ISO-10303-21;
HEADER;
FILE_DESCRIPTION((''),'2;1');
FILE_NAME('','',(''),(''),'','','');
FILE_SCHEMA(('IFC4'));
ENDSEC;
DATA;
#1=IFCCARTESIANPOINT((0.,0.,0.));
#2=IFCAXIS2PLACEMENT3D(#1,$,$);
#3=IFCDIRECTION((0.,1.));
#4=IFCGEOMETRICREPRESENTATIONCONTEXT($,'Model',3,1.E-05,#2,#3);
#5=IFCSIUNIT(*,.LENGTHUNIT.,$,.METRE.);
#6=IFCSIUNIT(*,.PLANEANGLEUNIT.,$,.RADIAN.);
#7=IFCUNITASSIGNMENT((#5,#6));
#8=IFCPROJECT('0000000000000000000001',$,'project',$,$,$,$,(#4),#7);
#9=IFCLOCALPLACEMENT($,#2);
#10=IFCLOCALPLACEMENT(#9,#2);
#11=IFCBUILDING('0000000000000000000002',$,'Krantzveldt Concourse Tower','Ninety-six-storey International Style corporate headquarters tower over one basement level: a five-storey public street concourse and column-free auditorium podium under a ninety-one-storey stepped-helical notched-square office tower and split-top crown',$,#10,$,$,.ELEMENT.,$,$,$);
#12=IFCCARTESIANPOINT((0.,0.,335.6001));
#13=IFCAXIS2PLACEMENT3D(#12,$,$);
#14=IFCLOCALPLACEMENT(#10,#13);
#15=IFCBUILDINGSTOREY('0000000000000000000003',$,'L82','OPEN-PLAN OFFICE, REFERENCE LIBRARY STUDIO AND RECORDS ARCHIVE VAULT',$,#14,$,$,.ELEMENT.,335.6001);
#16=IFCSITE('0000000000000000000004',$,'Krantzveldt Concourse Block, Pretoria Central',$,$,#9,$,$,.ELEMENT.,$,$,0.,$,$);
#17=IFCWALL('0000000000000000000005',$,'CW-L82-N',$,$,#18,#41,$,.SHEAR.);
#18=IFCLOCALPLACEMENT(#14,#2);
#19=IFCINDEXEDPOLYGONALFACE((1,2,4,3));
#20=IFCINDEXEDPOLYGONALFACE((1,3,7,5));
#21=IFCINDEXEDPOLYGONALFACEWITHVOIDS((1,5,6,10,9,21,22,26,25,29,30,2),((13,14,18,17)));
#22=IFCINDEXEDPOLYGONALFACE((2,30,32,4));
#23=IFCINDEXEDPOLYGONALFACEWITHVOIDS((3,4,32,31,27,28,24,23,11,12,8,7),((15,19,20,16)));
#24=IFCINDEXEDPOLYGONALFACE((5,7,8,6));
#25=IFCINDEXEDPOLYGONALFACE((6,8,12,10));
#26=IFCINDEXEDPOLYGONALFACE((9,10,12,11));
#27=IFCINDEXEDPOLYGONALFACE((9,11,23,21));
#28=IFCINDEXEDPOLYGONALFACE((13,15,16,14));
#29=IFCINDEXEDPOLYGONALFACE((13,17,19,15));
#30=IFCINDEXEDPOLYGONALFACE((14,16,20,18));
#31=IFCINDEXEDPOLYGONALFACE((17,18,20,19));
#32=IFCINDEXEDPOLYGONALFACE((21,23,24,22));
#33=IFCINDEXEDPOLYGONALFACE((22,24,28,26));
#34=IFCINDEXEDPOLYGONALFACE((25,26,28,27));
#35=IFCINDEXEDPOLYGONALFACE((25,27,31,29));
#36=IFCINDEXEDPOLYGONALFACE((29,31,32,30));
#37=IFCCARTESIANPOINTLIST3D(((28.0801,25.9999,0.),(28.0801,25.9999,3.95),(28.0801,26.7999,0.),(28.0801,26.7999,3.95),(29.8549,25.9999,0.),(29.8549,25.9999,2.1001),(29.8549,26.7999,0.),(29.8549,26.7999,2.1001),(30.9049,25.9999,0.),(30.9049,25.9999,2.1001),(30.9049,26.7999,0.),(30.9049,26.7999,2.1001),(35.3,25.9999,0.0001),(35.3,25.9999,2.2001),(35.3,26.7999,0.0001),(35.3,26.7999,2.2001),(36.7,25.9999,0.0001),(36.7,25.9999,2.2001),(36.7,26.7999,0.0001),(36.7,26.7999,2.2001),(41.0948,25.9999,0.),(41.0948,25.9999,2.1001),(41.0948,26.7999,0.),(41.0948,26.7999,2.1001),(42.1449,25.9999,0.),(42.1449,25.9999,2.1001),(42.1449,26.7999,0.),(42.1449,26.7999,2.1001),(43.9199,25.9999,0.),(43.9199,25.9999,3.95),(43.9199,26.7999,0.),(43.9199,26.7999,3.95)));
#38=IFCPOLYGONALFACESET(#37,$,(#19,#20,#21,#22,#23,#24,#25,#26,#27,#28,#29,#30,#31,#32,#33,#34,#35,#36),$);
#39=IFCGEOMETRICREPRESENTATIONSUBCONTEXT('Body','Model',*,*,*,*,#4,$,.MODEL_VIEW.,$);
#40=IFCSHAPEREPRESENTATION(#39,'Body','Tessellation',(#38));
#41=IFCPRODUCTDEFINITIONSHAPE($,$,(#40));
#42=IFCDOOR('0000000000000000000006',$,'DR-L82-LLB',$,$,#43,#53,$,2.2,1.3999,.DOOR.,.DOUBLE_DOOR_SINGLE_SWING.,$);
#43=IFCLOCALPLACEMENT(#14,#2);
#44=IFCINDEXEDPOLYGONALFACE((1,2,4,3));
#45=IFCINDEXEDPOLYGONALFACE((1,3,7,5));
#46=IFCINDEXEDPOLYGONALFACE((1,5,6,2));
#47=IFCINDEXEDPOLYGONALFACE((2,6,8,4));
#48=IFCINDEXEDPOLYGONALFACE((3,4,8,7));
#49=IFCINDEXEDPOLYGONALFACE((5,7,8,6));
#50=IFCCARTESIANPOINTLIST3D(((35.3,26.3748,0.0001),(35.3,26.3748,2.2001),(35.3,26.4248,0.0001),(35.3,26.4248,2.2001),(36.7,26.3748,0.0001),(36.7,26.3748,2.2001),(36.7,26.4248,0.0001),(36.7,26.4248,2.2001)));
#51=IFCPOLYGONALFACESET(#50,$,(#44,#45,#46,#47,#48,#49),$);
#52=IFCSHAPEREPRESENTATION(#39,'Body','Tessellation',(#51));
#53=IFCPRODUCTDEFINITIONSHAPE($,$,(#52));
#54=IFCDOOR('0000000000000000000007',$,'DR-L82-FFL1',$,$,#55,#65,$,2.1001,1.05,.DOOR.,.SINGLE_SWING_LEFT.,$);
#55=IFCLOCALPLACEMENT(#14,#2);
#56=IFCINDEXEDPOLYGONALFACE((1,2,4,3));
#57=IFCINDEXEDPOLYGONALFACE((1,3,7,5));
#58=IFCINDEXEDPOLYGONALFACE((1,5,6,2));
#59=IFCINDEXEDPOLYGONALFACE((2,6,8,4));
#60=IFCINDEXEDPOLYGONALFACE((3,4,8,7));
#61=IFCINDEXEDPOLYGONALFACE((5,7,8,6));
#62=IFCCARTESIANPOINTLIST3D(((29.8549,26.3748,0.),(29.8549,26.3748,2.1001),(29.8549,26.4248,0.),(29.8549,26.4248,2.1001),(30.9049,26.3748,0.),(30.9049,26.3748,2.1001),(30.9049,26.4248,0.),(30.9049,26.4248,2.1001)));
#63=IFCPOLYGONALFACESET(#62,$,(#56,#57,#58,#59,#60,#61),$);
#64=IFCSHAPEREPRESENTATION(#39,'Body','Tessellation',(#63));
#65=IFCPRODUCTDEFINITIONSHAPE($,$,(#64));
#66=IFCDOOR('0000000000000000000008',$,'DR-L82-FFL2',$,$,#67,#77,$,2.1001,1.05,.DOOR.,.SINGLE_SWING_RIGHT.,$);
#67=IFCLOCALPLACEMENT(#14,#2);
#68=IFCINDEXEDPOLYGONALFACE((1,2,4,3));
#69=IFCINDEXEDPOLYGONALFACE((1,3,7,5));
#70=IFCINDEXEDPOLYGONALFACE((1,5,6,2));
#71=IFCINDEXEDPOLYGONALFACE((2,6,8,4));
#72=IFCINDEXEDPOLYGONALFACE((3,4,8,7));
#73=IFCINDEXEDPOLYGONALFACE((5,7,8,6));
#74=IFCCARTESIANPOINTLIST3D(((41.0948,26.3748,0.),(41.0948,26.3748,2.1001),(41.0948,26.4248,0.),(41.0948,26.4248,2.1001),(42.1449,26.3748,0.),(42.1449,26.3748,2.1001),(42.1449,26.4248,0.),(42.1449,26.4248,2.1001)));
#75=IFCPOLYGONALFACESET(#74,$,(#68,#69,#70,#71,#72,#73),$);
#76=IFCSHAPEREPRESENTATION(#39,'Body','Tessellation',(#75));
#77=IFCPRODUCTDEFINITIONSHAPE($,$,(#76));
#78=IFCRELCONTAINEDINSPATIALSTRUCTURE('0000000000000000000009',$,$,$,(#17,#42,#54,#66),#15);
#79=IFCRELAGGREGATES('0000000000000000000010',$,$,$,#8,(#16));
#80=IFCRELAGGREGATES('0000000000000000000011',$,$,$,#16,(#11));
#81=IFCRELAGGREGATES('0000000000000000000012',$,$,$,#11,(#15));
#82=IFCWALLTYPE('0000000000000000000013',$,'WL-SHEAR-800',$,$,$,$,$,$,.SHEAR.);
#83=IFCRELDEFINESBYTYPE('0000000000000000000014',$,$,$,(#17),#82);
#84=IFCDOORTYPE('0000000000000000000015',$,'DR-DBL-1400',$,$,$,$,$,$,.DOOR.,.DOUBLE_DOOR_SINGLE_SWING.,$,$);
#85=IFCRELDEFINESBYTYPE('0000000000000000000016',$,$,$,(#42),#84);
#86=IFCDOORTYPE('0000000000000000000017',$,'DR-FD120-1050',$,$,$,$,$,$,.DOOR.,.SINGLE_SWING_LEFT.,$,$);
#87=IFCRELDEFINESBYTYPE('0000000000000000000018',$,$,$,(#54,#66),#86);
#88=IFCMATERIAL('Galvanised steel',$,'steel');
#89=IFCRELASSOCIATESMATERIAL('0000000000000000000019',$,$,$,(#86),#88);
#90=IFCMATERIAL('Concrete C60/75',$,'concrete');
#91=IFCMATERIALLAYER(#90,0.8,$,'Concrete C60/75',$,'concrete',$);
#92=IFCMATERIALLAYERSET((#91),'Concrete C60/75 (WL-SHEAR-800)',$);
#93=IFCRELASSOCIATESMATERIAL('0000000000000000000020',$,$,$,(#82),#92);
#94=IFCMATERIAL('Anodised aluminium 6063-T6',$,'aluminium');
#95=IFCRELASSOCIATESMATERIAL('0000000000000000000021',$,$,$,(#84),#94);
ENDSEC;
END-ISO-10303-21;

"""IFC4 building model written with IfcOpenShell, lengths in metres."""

from ifc_helpers import new_model, si_unit, direction, frame, frame_2d, origin, place, context, subcontext, project, spatial, rectangle, extrude, material, layer, layer_set, type_object, element, fill, save


model = new_model("IFC4")

# Units and contexts
model_context = context("Model", 3, precision=1e-05, world=origin(), true_north=direction((0.0, 1.0)))
body_context = subcontext(model_context, "Body", "Model", "MODEL_VIEW")
ifc_project = project(units=[si_unit("LENGTHUNIT", "METRE"), si_unit("PLANEANGLEUNIT", "RADIAN")], contexts=[model_context])

# Site, building, storey
site_placement = place(None, origin())
site = spatial("IfcSite", under=ifc_project, at=site_placement, Name="Krantzveldt Concourse Block, Pretoria Central", CompositionType="ELEMENT", RefElevation=0.0)
building_placement = place(site_placement, origin())
building = spatial("IfcBuilding", under=site, at=building_placement, Name="Krantzveldt Concourse Tower", Description="Ninety-six-storey International Style corporate headquarters tower over one basement level: a five-storey public street concourse and column-free auditorium podium under a ninety-one-storey stepped-helical notched-square office tower and split-top crown", CompositionType="ELEMENT")
storey_placement = place(building_placement, frame((0.0, 0.0, 335.6001)))
storey = spatial("IfcBuildingStorey", under=building, at=storey_placement, Name="L82", Description="OPEN-PLAN OFFICE, REFERENCE LIBRARY STUDIO AND RECORDS ARCHIVE VAULT", CompositionType="ELEMENT", Elevation=335.6001)

# Shared definitions
ifc_material_1 = material(Name="Anodised aluminium 6063-T6", Category="aluminium")

# Shared definitions
ifc_material_2 = material(Name="Galvanised steel", Category="steel")
door_type_1 = type_object("IfcDoorType", Name="DR-FD120-1050", OperationType="SINGLE_SWING_LEFT", PredefinedType="DOOR", material=ifc_material_2)

# Wall, openings, doors
ifc_material_3 = material(Name="Concrete C60/75", Category="concrete")
ifc_layer_1 = layer(ifc_material_3, 0.8, Name="Concrete C60/75", Category="concrete")
ifc_layer_set_1 = layer_set([ifc_layer_1], Name="Concrete C60/75 (WL-SHEAR-800)")
wall_type_1 = type_object("IfcWallType", Name="WL-SHEAR-800", PredefinedType="SHEAR", material=ifc_layer_set_1)
wall_1_placement = place(storey_placement, frame((28.0801, 26.3999, 0.0), z_axis=(0.0, 0.0, 1.0), x_axis=(1.0, 0.0, 0.0)))
wall_1 = element("IfcWall", 1, at=wall_1_placement, inside=storey, type_object=wall_type_1, Name="CW-L82-N", PredefinedType="SHEAR", context=body_context, shape_type="SweptSolid", body=[
    extrude(rectangle(XDim=15.8398, YDim=0.8, at=frame_2d((7.9199, 0.0))), origin(), (0.0, 0.0, 1.0), 3.95),
])
opening_1_placement = place(wall_1_placement, frame((7.22, 0.0, 0.0)))
opening_1 = element("IfcOpeningElement", 2, at=opening_1_placement, cuts=wall_1, PredefinedType="OPENING", context=body_context, shape_type="SweptSolid", body=[
    extrude(rectangle(XDim=1.3999, YDim=2.2, at=frame_2d((0.7, 1.1001))), frame((0.0, 0.4102, 0.0), z_axis=(0.0, -1.0, 0.0), x_axis=(1.0, 0.0, 0.0)), (0.0, 0.0, 1.0), 0.8201),
])
opening_2_placement = place(wall_1_placement, frame((1.7749, 0.0, 0.0)))
opening_2 = element("IfcOpeningElement", 3, at=opening_2_placement, cuts=wall_1, PredefinedType="OPENING", context=body_context, shape_type="SweptSolid", body=[
    extrude(rectangle(XDim=1.05, YDim=2.1001, at=frame_2d((0.5249, 1.05))), frame((0.0, 0.4102, 0.0), z_axis=(0.0, -1.0, 0.0), x_axis=(1.0, 0.0, 0.0)), (0.0, 0.0, 1.0), 0.8201),
])
opening_3_placement = place(wall_1_placement, frame((13.0149, 0.0, 0.0)))
opening_3 = element("IfcOpeningElement", 4, at=opening_3_placement, cuts=wall_1, PredefinedType="OPENING", context=body_context, shape_type="SweptSolid", body=[
    extrude(rectangle(XDim=1.05, YDim=2.1001, at=frame_2d((0.5249, 1.05))), frame((0.0, 0.4102, 0.0), z_axis=(0.0, -1.0, 0.0), x_axis=(1.0, 0.0, 0.0)), (0.0, 0.0, 1.0), 0.8201),
])
door_type_2 = type_object("IfcDoorType", Name="DR-DBL-1400", OperationType="DOUBLE_DOOR_SINGLE_SWING", PredefinedType="DOOR", material=ifc_material_1)
door_1_placement = place(opening_1_placement, origin())
door_1 = element("IfcDoor", 5, at=door_1_placement, inside=storey, type_object=door_type_2, Name="DR-L82-LLB", OperationType="DOUBLE_DOOR_SINGLE_SWING", OverallHeight=2.2, OverallWidth=1.3999, PredefinedType="DOOR", context=body_context, shape_type="SweptSolid", body=[
    extrude(rectangle(XDim=1.3999, YDim=2.2, at=frame_2d((0.7, 1.1001))), frame((0.0, 0.0249, 0.0), z_axis=(0.0, -1.0, 0.0), x_axis=(1.0, 0.0, 0.0)), (0.0, 0.0, 1.0), 0.05),
])
fill(opening_1, door_1)
door_2_placement = place(opening_2_placement, origin())
door_2 = element("IfcDoor", 6, at=door_2_placement, inside=storey, type_object=door_type_1, Name="DR-L82-FFL1", OperationType="SINGLE_SWING_LEFT", OverallHeight=2.1001, OverallWidth=1.05, PredefinedType="DOOR", context=body_context, shape_type="SweptSolid", body=[
    extrude(rectangle(XDim=1.05, YDim=2.1001, at=frame_2d((0.5249, 1.05))), frame((0.0, 0.0249, 0.0), z_axis=(0.0, -1.0, 0.0), x_axis=(1.0, 0.0, 0.0)), (0.0, 0.0, 1.0), 0.05),
])
fill(opening_2, door_2)
door_3_placement = place(opening_3_placement, origin())
door_3 = element("IfcDoor", 7, at=door_3_placement, inside=storey, type_object=door_type_1, Name="DR-L82-FFL2", OperationType="SINGLE_SWING_RIGHT", OverallHeight=2.1001, OverallWidth=1.05, PredefinedType="DOOR", context=body_context, shape_type="SweptSolid", body=[
    extrude(rectangle(XDim=1.05, YDim=2.1001, at=frame_2d((0.5249, 1.05))), frame((0.0, 0.0249, 0.0), z_axis=(0.0, -1.0, 0.0), x_axis=(1.0, 0.0, 0.0)), (0.0, 0.0, 1.0), 0.05),
])
fill(opening_3, door_3)

save(model, "model.ifc")
